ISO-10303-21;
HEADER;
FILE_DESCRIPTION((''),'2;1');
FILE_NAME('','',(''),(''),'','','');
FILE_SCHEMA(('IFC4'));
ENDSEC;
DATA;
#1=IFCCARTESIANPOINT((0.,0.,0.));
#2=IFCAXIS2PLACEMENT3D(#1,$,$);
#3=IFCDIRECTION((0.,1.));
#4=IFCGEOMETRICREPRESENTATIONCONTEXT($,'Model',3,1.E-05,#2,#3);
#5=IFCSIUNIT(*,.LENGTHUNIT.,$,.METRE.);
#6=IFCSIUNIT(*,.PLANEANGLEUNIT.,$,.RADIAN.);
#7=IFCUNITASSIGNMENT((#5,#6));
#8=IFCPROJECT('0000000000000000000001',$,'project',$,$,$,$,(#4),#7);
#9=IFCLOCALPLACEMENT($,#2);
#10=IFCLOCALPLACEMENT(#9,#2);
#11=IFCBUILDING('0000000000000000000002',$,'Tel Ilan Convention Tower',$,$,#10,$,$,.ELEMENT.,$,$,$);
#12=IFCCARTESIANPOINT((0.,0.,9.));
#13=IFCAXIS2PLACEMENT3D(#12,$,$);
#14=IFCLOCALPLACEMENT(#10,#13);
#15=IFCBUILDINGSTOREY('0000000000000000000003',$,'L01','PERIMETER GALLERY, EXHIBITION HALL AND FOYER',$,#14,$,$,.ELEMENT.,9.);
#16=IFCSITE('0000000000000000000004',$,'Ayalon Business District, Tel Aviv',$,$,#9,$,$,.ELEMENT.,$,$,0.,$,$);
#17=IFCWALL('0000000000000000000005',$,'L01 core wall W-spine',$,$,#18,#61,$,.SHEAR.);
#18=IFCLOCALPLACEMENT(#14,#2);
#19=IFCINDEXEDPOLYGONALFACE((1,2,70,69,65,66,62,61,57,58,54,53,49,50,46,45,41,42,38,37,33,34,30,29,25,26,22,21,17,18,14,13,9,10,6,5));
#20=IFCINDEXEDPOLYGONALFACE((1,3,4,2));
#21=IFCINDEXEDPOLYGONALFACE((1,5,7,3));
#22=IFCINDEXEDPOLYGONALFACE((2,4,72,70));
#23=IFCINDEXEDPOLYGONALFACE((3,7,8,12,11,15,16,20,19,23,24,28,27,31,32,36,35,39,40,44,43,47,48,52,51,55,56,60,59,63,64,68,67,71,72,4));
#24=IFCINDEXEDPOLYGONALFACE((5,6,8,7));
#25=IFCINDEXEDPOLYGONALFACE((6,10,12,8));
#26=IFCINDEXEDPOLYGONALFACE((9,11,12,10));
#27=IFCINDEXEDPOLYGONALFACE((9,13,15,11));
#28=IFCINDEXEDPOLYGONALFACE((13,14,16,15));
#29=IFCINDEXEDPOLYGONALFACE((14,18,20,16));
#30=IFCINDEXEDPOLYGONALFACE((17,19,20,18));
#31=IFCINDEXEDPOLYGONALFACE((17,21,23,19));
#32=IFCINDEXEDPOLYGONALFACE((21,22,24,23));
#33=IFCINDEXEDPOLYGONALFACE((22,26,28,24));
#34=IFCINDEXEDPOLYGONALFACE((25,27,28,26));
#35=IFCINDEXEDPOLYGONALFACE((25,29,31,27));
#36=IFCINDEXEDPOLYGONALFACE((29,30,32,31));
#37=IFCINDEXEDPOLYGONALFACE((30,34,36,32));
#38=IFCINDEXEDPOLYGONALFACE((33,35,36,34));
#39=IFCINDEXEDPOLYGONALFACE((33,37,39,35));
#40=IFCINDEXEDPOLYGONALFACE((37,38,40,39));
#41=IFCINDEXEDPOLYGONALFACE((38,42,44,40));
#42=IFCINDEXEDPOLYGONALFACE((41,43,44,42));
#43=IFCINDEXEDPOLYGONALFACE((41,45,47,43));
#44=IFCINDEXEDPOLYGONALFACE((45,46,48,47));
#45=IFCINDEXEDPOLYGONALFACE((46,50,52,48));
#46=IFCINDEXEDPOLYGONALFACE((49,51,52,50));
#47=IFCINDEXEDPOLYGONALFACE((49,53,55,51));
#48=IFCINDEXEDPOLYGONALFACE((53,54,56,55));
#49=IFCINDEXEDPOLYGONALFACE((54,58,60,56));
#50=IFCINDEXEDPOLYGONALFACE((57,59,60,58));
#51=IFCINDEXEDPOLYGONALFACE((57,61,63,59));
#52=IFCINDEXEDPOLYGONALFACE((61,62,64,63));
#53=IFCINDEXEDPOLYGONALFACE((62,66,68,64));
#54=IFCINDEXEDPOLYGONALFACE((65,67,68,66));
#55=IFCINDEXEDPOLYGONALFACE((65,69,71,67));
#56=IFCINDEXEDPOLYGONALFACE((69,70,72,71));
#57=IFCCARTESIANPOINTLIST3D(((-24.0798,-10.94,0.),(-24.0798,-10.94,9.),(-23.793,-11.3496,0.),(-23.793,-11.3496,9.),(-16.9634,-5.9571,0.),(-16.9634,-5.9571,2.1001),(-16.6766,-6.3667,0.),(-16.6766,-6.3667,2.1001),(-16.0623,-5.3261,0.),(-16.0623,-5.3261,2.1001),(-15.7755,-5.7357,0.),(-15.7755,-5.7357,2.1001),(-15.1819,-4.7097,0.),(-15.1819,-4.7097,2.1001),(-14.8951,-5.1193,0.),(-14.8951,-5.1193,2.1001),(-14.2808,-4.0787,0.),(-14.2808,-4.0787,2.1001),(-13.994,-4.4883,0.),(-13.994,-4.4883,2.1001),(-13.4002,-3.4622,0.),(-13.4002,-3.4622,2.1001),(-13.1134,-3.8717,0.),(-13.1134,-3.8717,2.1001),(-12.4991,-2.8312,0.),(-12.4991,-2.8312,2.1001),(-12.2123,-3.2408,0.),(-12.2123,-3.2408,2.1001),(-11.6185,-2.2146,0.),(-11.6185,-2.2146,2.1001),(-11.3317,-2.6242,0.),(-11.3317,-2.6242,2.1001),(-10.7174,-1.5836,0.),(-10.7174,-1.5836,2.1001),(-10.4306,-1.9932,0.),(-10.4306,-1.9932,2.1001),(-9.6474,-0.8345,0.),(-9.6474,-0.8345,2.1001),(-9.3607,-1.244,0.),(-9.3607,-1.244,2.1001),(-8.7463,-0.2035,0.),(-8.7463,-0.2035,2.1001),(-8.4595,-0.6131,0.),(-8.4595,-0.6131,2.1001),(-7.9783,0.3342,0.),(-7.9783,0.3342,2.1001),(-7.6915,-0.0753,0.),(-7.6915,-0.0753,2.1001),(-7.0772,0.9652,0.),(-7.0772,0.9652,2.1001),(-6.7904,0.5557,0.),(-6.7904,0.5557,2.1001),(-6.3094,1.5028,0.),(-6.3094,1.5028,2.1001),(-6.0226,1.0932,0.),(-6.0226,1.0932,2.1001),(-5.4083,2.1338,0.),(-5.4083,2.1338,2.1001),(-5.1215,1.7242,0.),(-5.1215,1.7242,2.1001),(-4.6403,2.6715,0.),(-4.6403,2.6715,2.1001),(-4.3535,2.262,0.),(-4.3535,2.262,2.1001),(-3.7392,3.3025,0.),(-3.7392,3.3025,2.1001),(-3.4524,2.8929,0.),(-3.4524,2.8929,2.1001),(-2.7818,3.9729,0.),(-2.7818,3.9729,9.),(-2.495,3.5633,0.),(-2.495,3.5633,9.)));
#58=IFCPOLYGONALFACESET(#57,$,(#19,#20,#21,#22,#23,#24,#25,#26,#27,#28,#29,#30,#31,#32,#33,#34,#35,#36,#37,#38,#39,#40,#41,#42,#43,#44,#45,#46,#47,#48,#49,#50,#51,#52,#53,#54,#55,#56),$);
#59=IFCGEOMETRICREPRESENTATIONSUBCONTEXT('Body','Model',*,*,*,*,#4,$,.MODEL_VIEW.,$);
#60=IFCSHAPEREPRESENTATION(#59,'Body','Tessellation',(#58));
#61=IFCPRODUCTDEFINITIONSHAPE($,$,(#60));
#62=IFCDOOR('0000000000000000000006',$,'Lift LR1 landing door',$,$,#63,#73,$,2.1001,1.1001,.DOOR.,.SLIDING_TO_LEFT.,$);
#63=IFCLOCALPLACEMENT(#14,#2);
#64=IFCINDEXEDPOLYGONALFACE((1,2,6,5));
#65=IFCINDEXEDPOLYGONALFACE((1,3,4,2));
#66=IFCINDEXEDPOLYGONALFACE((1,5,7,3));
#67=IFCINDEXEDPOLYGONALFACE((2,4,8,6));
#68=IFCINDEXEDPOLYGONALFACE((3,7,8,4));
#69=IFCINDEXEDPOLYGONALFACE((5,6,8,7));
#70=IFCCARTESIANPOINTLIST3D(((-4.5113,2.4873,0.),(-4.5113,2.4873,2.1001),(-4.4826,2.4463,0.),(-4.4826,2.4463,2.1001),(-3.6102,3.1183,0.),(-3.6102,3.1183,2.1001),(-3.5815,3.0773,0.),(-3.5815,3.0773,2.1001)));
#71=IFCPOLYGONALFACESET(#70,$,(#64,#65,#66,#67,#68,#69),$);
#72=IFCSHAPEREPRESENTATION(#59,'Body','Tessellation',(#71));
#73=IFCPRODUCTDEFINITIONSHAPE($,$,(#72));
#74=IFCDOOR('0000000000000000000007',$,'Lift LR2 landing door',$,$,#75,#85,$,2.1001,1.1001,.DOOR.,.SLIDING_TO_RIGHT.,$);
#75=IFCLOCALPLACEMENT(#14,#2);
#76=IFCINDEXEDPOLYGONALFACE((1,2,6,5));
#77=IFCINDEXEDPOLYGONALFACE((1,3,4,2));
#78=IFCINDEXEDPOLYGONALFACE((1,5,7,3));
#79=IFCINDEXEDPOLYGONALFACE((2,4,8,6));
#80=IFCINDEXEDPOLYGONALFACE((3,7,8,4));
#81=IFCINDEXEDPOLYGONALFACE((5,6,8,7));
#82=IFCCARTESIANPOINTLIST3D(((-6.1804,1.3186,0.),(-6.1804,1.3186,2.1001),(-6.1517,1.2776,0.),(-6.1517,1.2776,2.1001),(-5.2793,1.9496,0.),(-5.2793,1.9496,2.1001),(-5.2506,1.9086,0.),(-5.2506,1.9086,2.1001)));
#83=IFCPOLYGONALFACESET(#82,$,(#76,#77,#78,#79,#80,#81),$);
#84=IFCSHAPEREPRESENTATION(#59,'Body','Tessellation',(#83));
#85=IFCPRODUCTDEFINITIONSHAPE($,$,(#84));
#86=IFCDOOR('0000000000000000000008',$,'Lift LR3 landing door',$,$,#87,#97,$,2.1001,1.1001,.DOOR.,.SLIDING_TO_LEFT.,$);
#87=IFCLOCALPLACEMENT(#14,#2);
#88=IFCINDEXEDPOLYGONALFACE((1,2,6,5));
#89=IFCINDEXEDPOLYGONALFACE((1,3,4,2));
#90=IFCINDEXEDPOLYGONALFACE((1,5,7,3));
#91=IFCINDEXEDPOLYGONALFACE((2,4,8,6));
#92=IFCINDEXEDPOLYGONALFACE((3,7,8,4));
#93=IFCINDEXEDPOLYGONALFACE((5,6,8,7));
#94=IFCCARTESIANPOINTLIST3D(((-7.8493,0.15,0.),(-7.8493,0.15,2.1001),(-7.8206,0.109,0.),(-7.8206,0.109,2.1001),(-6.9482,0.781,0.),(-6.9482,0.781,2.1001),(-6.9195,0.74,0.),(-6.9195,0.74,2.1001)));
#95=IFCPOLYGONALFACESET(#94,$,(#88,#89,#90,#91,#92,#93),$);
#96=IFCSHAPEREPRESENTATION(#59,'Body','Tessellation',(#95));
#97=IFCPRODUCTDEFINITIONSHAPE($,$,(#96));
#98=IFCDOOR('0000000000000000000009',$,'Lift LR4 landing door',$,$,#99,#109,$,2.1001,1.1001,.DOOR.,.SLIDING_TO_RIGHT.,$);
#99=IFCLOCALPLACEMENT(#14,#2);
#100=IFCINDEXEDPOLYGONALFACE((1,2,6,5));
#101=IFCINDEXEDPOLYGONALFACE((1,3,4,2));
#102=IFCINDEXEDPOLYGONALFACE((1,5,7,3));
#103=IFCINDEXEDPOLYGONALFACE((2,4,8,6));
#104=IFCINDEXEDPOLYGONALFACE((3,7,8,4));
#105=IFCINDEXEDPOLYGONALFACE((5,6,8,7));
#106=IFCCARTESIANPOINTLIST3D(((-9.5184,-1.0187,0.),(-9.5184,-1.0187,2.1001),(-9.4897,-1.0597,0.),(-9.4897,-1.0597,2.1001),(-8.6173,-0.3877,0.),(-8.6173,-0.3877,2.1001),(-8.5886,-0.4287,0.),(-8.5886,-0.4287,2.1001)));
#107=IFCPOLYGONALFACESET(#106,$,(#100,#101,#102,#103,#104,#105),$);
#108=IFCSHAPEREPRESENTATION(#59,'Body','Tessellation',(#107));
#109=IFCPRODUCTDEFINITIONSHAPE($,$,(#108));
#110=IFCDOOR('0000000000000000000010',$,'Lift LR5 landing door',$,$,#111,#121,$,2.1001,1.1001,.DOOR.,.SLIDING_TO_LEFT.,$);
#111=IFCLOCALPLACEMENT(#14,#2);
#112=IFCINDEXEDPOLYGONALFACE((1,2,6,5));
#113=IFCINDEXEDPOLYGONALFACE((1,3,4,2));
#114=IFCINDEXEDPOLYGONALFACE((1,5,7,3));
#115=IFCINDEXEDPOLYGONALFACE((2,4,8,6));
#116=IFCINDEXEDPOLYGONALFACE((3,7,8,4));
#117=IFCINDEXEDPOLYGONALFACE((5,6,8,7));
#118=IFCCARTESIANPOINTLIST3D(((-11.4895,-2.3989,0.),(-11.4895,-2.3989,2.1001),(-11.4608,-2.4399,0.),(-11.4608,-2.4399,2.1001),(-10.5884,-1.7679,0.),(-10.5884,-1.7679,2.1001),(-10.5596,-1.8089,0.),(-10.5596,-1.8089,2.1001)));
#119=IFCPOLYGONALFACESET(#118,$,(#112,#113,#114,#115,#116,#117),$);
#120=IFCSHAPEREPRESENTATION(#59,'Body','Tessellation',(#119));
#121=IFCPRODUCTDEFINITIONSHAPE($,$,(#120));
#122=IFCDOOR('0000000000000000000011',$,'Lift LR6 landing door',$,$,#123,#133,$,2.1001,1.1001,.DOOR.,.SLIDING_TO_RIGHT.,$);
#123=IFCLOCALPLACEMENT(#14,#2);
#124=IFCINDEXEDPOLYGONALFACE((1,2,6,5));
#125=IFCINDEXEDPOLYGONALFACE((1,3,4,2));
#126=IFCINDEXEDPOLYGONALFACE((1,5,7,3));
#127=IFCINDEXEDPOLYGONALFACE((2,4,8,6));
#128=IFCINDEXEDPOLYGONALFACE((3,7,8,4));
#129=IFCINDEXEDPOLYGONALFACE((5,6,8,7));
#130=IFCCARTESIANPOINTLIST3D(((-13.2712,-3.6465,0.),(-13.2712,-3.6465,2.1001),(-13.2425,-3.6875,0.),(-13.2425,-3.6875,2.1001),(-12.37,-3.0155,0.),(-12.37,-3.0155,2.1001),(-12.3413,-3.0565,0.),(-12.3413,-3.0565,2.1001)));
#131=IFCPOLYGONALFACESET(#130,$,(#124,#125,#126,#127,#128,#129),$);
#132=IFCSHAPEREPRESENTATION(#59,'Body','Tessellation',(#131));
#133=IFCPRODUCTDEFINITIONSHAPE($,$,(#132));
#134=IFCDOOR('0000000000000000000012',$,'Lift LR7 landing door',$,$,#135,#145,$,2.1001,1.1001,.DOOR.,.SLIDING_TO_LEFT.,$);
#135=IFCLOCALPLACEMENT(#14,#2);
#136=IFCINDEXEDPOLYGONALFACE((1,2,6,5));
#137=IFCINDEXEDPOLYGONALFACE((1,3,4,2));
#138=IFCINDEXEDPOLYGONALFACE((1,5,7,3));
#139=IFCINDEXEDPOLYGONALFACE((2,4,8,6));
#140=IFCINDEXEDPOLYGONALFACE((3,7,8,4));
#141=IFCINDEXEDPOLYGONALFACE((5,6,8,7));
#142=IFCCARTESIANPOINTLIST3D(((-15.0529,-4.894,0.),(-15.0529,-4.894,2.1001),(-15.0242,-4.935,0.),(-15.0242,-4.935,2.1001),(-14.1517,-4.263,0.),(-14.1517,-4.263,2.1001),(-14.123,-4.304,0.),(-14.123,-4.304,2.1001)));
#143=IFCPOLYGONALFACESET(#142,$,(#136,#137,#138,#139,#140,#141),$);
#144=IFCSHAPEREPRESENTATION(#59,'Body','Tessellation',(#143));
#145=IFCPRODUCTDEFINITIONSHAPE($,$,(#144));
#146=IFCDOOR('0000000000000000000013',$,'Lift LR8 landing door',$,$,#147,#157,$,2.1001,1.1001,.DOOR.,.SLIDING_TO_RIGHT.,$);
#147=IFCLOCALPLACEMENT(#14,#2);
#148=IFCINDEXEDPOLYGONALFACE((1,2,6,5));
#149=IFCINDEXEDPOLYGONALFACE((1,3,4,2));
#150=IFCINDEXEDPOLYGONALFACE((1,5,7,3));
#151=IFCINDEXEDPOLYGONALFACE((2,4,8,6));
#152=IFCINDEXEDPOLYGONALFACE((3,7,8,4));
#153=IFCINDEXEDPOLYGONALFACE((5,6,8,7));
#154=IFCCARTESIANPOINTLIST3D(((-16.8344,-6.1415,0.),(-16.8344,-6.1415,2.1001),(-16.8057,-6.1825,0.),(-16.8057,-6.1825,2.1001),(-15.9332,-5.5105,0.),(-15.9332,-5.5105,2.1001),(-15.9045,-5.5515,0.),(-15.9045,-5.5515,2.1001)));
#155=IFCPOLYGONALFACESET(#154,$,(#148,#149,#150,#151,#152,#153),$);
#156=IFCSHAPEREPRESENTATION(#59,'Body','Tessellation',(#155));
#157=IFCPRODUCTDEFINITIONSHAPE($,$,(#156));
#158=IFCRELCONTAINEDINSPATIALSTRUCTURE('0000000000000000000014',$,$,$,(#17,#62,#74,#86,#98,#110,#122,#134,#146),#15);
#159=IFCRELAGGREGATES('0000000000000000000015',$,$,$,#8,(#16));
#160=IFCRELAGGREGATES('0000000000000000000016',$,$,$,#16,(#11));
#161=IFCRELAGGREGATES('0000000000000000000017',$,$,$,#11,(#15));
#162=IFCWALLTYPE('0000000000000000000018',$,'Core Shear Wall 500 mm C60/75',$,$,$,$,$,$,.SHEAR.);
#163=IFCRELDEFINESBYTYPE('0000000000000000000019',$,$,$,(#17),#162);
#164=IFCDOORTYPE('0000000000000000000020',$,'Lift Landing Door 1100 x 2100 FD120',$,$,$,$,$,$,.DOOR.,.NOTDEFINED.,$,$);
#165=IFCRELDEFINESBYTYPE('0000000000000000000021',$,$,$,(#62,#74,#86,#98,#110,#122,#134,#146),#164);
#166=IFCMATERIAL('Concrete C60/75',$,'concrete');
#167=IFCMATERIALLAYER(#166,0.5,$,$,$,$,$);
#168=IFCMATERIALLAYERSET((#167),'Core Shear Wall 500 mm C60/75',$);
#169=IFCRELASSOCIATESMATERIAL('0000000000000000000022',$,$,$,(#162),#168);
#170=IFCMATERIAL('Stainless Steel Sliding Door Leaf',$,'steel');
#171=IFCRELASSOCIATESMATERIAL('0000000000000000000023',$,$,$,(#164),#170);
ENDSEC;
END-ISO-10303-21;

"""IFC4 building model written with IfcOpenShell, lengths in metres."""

from ifc_helpers import new_model, si_unit, direction, frame, frame_2d, origin, place, context, subcontext, project, spatial, polyline, rectangle, outline, extrude, material, layer, layer_set, type_object, element, fill, save


model = new_model("IFC4")

# Units and contexts
model_context = context("Model", 3, precision=1e-05, world=origin(), true_north=direction((0.0, 1.0)))
body_context = subcontext(model_context, "Body", "Model", "MODEL_VIEW")
ifc_project = project(units=[si_unit("LENGTHUNIT", "METRE"), si_unit("PLANEANGLEUNIT", "RADIAN")], contexts=[model_context])

# Site, building, storey
site_placement = place(None, origin())
site = spatial("IfcSite", under=ifc_project, at=site_placement, Name="Ayalon Business District, Tel Aviv", CompositionType="ELEMENT", RefElevation=0.0)
building_placement = place(site_placement, origin())
building = spatial("IfcBuilding", under=site, at=building_placement, Name="Tel Ilan Convention Tower", CompositionType="ELEMENT")
storey_placement = place(building_placement, frame((0.0, 0.0, 9.0)))
storey = spatial("IfcBuildingStorey", under=building, at=storey_placement, Name="L01", Description="PERIMETER GALLERY, EXHIBITION HALL AND FOYER", CompositionType="ELEMENT", Elevation=9.0)

# Wall, openings, doors
ifc_material_1 = material(Name="Concrete C60/75", Category="concrete")
ifc_layer_1 = layer(ifc_material_1, 0.5)
ifc_layer_set_1 = layer_set([ifc_layer_1], Name="Core Shear Wall 500 mm C60/75")
wall_type_1 = type_object("IfcWallType", Name="Core Shear Wall 500 mm C60/75", PredefinedType="SHEAR", material=ifc_layer_set_1)
wall_1_placement = place(storey_placement, frame((-2.6384, 3.7681, 0.0), z_axis=(0.0, 0.0, 1.0), x_axis=(-0.819149, -0.573581, 0.0)))
wall_1 = element("IfcWall", 1, at=wall_1_placement, inside=storey, type_object=wall_type_1, Name="L01 core wall W-spine", PredefinedType="SHEAR", context=body_context, shape_type="SweptSolid", body=[
    extrude(outline(polyline([(26.0, 0.2498), (0.0, 0.25), (0.0, -0.25), (26.0, -0.2502), (26.0, 0.2498)])), origin(), (0.0, 0.0, 1.0), 9.0),
])
opening_1_placement = place(wall_1_placement, frame((1.1687, 0.0, 0.0)))
opening_1 = element("IfcOpeningElement", 2, at=opening_1_placement, cuts=wall_1, PredefinedType="OPENING", context=body_context, shape_type="SweptSolid", body=[
    extrude(rectangle(XDim=1.1001, YDim=2.1001, at=frame_2d((0.55, 1.05))), frame((0.0, 0.26, 0.0), z_axis=(0.0, -1.0, 0.0), x_axis=(1.0, 0.0, 0.0)), (0.0, 0.0, 1.0), 0.52),
])
opening_2_placement = place(wall_1_placement, frame((3.2063, 0.0, 0.0)))
opening_2 = element("IfcOpeningElement", 3, at=opening_2_placement, cuts=wall_1, PredefinedType="OPENING", context=body_context, shape_type="SweptSolid", body=[
    extrude(rectangle(XDim=1.1001, YDim=2.1001, at=frame_2d((0.55, 1.05))), frame((0.0, 0.26, 0.0), z_axis=(0.0, -1.0, 0.0), x_axis=(1.0, 0.0, 0.0)), (0.0, 0.0, 1.0), 0.52),
])
opening_3_placement = place(wall_1_placement, frame((5.2437, 0.0, 0.0)))
opening_3 = element("IfcOpeningElement", 4, at=opening_3_placement, cuts=wall_1, PredefinedType="OPENING", context=body_context, shape_type="SweptSolid", body=[
    extrude(rectangle(XDim=1.1001, YDim=2.1001, at=frame_2d((0.55, 1.05))), frame((0.0, 0.26, 0.0), z_axis=(0.0, -1.0, 0.0), x_axis=(1.0, 0.0, 0.0)), (0.0, 0.0, 1.0), 0.52),
])
opening_4_placement = place(wall_1_placement, frame((7.2812, 0.0, 0.0)))
opening_4 = element("IfcOpeningElement", 5, at=opening_4_placement, cuts=wall_1, PredefinedType="OPENING", context=body_context, shape_type="SweptSolid", body=[
    extrude(rectangle(XDim=1.1001, YDim=2.1001, at=frame_2d((0.55, 1.05))), frame((0.0, 0.26, 0.0), z_axis=(0.0, -1.0, 0.0), x_axis=(1.0, 0.0, 0.0)), (0.0, 0.0, 1.0), 0.52),
])
opening_5_placement = place(wall_1_placement, frame((9.6875, 0.0, 0.0)))
opening_5 = element("IfcOpeningElement", 6, at=opening_5_placement, cuts=wall_1, PredefinedType="OPENING", context=body_context, shape_type="SweptSolid", body=[
    extrude(rectangle(XDim=1.1001, YDim=2.1001, at=frame_2d((0.55, 1.05))), frame((0.0, 0.26, 0.0), z_axis=(0.0, -1.0, 0.0), x_axis=(1.0, 0.0, 0.0)), (0.0, 0.0, 1.0), 0.52),
])
opening_6_placement = place(wall_1_placement, frame((11.8625, 0.0, 0.0)))
opening_6 = element("IfcOpeningElement", 7, at=opening_6_placement, cuts=wall_1, PredefinedType="OPENING", context=body_context, shape_type="SweptSolid", body=[
    extrude(rectangle(XDim=1.1001, YDim=2.1001, at=frame_2d((0.55, 1.05))), frame((0.0, 0.26, 0.0), z_axis=(0.0, -1.0, 0.0), x_axis=(1.0, 0.0, 0.0)), (0.0, 0.0, 1.0), 0.52),
])
opening_7_placement = place(wall_1_placement, frame((14.0376, 0.0, 0.0)))
opening_7 = element("IfcOpeningElement", 8, at=opening_7_placement, cuts=wall_1, PredefinedType="OPENING", context=body_context, shape_type="SweptSolid", body=[
    extrude(rectangle(XDim=1.1001, YDim=2.1001, at=frame_2d((0.55, 1.05))), frame((0.0, 0.26, 0.0), z_axis=(0.0, -1.0, 0.0), x_axis=(1.0, 0.0, 0.0)), (0.0, 0.0, 1.0), 0.52),
])
opening_8_placement = place(wall_1_placement, frame((16.2124, 0.0, 0.0)))
opening_8 = element("IfcOpeningElement", 9, at=opening_8_placement, cuts=wall_1, PredefinedType="OPENING", context=body_context, shape_type="SweptSolid", body=[
    extrude(rectangle(XDim=1.1001, YDim=2.1001, at=frame_2d((0.55, 1.05))), frame((0.0, 0.26, 0.0), z_axis=(0.0, -1.0, 0.0), x_axis=(1.0, 0.0, 0.0)), (0.0, 0.0, 1.0), 0.52),
])
ifc_material_2 = material(Name="Stainless Steel Sliding Door Leaf", Category="steel")
door_type = type_object("IfcDoorType", Name="Lift Landing Door 1100 x 2100 FD120", OperationType="NOTDEFINED", PredefinedType="DOOR", material=ifc_material_2)
door_1_placement = place(opening_1_placement, origin())
door_1 = element("IfcDoor", 10, at=door_1_placement, inside=storey, type_object=door_type, Name="Lift LR1 landing door", OperationType="SLIDING_TO_LEFT", OverallHeight=2.1001, OverallWidth=1.1001, PredefinedType="DOOR", context=body_context, shape_type="SweptSolid", body=[
    extrude(rectangle(XDim=1.1001, YDim=2.1001, at=frame_2d((0.55, 1.05))), frame((0.0, 0.0249, 0.0), z_axis=(0.0, -1.0, 0.0), x_axis=(1.0, 0.0, 0.0)), (0.0, 0.0, 1.0), 0.05),
])
fill(opening_1, door_1)
door_2_placement = place(opening_2_placement, origin())
door_2 = element("IfcDoor", 11, at=door_2_placement, inside=storey, type_object=door_type, Name="Lift LR2 landing door", OperationType="SLIDING_TO_RIGHT", OverallHeight=2.1001, OverallWidth=1.1001, PredefinedType="DOOR", context=body_context, shape_type="SweptSolid", body=[
    extrude(rectangle(XDim=1.1001, YDim=2.1001, at=frame_2d((0.55, 1.05))), frame((0.0, 0.0249, 0.0), z_axis=(0.0, -1.0, 0.0), x_axis=(1.0, 0.0, 0.0)), (0.0, 0.0, 1.0), 0.05),
])
fill(opening_2, door_2)
door_3_placement = place(opening_3_placement, origin())
door_3 = element("IfcDoor", 12, at=door_3_placement, inside=storey, type_object=door_type, Name="Lift LR3 landing door", OperationType="SLIDING_TO_LEFT", OverallHeight=2.1001, OverallWidth=1.1001, PredefinedType="DOOR", context=body_context, shape_type="SweptSolid", body=[
    extrude(rectangle(XDim=1.1001, YDim=2.1001, at=frame_2d((0.55, 1.05))), frame((0.0, 0.0249, 0.0), z_axis=(0.0, -1.0, 0.0), x_axis=(1.0, 0.0, 0.0)), (0.0, 0.0, 1.0), 0.05),
])
fill(opening_3, door_3)
door_4_placement = place(opening_4_placement, origin())
door_4 = element("IfcDoor", 13, at=door_4_placement, inside=storey, type_object=door_type, Name="Lift LR4 landing door", OperationType="SLIDING_TO_RIGHT", OverallHeight=2.1001, OverallWidth=1.1001, PredefinedType="DOOR", context=body_context, shape_type="SweptSolid", body=[
    extrude(rectangle(XDim=1.1001, YDim=2.1001, at=frame_2d((0.55, 1.05))), frame((0.0, 0.0249, 0.0), z_axis=(0.0, -1.0, 0.0), x_axis=(1.0, 0.0, 0.0)), (0.0, 0.0, 1.0), 0.05),
])
fill(opening_4, door_4)
door_5_placement = place(opening_5_placement, origin())
door_5 = element("IfcDoor", 14, at=door_5_placement, inside=storey, type_object=door_type, Name="Lift LR5 landing door", OperationType="SLIDING_TO_LEFT", OverallHeight=2.1001, OverallWidth=1.1001, PredefinedType="DOOR", context=body_context, shape_type="SweptSolid", body=[
    extrude(rectangle(XDim=1.1001, YDim=2.1001, at=frame_2d((0.55, 1.05))), frame((0.0, 0.0249, 0.0), z_axis=(0.0, -1.0, 0.0), x_axis=(1.0, 0.0, 0.0)), (0.0, 0.0, 1.0), 0.05),
])
fill(opening_5, door_5)
door_6_placement = place(opening_6_placement, origin())
door_6 = element("IfcDoor", 15, at=door_6_placement, inside=storey, type_object=door_type, Name="Lift LR6 landing door", OperationType="SLIDING_TO_RIGHT", OverallHeight=2.1001, OverallWidth=1.1001, PredefinedType="DOOR", context=body_context, shape_type="SweptSolid", body=[
    extrude(rectangle(XDim=1.1001, YDim=2.1001, at=frame_2d((0.55, 1.05))), frame((0.0, 0.0249, 0.0), z_axis=(0.0, -1.0, 0.0), x_axis=(1.0, 0.0, 0.0)), (0.0, 0.0, 1.0), 0.05),
])
fill(opening_6, door_6)
door_7_placement = place(opening_7_placement, origin())
door_7 = element("IfcDoor", 16, at=door_7_placement, inside=storey, type_object=door_type, Name="Lift LR7 landing door", OperationType="SLIDING_TO_LEFT", OverallHeight=2.1001, OverallWidth=1.1001, PredefinedType="DOOR", context=body_context, shape_type="SweptSolid", body=[
    extrude(rectangle(XDim=1.1001, YDim=2.1001, at=frame_2d((0.55, 1.05))), frame((0.0, 0.0249, 0.0), z_axis=(0.0, -1.0, 0.0), x_axis=(1.0, 0.0, 0.0)), (0.0, 0.0, 1.0), 0.05),
])
fill(opening_7, door_7)
door_8_placement = place(opening_8_placement, origin())
door_8 = element("IfcDoor", 17, at=door_8_placement, inside=storey, type_object=door_type, Name="Lift LR8 landing door", OperationType="SLIDING_TO_RIGHT", OverallHeight=2.1001, OverallWidth=1.1001, PredefinedType="DOOR", context=body_context, shape_type="SweptSolid", body=[
    extrude(rectangle(XDim=1.1001, YDim=2.1001, at=frame_2d((0.55, 1.05))), frame((0.0, 0.0249, 0.0), z_axis=(0.0, -1.0, 0.0), x_axis=(1.0, 0.0, 0.0)), (0.0, 0.0, 1.0), 0.05),
])
fill(opening_8, door_8)

save(model, "model.ifc")
